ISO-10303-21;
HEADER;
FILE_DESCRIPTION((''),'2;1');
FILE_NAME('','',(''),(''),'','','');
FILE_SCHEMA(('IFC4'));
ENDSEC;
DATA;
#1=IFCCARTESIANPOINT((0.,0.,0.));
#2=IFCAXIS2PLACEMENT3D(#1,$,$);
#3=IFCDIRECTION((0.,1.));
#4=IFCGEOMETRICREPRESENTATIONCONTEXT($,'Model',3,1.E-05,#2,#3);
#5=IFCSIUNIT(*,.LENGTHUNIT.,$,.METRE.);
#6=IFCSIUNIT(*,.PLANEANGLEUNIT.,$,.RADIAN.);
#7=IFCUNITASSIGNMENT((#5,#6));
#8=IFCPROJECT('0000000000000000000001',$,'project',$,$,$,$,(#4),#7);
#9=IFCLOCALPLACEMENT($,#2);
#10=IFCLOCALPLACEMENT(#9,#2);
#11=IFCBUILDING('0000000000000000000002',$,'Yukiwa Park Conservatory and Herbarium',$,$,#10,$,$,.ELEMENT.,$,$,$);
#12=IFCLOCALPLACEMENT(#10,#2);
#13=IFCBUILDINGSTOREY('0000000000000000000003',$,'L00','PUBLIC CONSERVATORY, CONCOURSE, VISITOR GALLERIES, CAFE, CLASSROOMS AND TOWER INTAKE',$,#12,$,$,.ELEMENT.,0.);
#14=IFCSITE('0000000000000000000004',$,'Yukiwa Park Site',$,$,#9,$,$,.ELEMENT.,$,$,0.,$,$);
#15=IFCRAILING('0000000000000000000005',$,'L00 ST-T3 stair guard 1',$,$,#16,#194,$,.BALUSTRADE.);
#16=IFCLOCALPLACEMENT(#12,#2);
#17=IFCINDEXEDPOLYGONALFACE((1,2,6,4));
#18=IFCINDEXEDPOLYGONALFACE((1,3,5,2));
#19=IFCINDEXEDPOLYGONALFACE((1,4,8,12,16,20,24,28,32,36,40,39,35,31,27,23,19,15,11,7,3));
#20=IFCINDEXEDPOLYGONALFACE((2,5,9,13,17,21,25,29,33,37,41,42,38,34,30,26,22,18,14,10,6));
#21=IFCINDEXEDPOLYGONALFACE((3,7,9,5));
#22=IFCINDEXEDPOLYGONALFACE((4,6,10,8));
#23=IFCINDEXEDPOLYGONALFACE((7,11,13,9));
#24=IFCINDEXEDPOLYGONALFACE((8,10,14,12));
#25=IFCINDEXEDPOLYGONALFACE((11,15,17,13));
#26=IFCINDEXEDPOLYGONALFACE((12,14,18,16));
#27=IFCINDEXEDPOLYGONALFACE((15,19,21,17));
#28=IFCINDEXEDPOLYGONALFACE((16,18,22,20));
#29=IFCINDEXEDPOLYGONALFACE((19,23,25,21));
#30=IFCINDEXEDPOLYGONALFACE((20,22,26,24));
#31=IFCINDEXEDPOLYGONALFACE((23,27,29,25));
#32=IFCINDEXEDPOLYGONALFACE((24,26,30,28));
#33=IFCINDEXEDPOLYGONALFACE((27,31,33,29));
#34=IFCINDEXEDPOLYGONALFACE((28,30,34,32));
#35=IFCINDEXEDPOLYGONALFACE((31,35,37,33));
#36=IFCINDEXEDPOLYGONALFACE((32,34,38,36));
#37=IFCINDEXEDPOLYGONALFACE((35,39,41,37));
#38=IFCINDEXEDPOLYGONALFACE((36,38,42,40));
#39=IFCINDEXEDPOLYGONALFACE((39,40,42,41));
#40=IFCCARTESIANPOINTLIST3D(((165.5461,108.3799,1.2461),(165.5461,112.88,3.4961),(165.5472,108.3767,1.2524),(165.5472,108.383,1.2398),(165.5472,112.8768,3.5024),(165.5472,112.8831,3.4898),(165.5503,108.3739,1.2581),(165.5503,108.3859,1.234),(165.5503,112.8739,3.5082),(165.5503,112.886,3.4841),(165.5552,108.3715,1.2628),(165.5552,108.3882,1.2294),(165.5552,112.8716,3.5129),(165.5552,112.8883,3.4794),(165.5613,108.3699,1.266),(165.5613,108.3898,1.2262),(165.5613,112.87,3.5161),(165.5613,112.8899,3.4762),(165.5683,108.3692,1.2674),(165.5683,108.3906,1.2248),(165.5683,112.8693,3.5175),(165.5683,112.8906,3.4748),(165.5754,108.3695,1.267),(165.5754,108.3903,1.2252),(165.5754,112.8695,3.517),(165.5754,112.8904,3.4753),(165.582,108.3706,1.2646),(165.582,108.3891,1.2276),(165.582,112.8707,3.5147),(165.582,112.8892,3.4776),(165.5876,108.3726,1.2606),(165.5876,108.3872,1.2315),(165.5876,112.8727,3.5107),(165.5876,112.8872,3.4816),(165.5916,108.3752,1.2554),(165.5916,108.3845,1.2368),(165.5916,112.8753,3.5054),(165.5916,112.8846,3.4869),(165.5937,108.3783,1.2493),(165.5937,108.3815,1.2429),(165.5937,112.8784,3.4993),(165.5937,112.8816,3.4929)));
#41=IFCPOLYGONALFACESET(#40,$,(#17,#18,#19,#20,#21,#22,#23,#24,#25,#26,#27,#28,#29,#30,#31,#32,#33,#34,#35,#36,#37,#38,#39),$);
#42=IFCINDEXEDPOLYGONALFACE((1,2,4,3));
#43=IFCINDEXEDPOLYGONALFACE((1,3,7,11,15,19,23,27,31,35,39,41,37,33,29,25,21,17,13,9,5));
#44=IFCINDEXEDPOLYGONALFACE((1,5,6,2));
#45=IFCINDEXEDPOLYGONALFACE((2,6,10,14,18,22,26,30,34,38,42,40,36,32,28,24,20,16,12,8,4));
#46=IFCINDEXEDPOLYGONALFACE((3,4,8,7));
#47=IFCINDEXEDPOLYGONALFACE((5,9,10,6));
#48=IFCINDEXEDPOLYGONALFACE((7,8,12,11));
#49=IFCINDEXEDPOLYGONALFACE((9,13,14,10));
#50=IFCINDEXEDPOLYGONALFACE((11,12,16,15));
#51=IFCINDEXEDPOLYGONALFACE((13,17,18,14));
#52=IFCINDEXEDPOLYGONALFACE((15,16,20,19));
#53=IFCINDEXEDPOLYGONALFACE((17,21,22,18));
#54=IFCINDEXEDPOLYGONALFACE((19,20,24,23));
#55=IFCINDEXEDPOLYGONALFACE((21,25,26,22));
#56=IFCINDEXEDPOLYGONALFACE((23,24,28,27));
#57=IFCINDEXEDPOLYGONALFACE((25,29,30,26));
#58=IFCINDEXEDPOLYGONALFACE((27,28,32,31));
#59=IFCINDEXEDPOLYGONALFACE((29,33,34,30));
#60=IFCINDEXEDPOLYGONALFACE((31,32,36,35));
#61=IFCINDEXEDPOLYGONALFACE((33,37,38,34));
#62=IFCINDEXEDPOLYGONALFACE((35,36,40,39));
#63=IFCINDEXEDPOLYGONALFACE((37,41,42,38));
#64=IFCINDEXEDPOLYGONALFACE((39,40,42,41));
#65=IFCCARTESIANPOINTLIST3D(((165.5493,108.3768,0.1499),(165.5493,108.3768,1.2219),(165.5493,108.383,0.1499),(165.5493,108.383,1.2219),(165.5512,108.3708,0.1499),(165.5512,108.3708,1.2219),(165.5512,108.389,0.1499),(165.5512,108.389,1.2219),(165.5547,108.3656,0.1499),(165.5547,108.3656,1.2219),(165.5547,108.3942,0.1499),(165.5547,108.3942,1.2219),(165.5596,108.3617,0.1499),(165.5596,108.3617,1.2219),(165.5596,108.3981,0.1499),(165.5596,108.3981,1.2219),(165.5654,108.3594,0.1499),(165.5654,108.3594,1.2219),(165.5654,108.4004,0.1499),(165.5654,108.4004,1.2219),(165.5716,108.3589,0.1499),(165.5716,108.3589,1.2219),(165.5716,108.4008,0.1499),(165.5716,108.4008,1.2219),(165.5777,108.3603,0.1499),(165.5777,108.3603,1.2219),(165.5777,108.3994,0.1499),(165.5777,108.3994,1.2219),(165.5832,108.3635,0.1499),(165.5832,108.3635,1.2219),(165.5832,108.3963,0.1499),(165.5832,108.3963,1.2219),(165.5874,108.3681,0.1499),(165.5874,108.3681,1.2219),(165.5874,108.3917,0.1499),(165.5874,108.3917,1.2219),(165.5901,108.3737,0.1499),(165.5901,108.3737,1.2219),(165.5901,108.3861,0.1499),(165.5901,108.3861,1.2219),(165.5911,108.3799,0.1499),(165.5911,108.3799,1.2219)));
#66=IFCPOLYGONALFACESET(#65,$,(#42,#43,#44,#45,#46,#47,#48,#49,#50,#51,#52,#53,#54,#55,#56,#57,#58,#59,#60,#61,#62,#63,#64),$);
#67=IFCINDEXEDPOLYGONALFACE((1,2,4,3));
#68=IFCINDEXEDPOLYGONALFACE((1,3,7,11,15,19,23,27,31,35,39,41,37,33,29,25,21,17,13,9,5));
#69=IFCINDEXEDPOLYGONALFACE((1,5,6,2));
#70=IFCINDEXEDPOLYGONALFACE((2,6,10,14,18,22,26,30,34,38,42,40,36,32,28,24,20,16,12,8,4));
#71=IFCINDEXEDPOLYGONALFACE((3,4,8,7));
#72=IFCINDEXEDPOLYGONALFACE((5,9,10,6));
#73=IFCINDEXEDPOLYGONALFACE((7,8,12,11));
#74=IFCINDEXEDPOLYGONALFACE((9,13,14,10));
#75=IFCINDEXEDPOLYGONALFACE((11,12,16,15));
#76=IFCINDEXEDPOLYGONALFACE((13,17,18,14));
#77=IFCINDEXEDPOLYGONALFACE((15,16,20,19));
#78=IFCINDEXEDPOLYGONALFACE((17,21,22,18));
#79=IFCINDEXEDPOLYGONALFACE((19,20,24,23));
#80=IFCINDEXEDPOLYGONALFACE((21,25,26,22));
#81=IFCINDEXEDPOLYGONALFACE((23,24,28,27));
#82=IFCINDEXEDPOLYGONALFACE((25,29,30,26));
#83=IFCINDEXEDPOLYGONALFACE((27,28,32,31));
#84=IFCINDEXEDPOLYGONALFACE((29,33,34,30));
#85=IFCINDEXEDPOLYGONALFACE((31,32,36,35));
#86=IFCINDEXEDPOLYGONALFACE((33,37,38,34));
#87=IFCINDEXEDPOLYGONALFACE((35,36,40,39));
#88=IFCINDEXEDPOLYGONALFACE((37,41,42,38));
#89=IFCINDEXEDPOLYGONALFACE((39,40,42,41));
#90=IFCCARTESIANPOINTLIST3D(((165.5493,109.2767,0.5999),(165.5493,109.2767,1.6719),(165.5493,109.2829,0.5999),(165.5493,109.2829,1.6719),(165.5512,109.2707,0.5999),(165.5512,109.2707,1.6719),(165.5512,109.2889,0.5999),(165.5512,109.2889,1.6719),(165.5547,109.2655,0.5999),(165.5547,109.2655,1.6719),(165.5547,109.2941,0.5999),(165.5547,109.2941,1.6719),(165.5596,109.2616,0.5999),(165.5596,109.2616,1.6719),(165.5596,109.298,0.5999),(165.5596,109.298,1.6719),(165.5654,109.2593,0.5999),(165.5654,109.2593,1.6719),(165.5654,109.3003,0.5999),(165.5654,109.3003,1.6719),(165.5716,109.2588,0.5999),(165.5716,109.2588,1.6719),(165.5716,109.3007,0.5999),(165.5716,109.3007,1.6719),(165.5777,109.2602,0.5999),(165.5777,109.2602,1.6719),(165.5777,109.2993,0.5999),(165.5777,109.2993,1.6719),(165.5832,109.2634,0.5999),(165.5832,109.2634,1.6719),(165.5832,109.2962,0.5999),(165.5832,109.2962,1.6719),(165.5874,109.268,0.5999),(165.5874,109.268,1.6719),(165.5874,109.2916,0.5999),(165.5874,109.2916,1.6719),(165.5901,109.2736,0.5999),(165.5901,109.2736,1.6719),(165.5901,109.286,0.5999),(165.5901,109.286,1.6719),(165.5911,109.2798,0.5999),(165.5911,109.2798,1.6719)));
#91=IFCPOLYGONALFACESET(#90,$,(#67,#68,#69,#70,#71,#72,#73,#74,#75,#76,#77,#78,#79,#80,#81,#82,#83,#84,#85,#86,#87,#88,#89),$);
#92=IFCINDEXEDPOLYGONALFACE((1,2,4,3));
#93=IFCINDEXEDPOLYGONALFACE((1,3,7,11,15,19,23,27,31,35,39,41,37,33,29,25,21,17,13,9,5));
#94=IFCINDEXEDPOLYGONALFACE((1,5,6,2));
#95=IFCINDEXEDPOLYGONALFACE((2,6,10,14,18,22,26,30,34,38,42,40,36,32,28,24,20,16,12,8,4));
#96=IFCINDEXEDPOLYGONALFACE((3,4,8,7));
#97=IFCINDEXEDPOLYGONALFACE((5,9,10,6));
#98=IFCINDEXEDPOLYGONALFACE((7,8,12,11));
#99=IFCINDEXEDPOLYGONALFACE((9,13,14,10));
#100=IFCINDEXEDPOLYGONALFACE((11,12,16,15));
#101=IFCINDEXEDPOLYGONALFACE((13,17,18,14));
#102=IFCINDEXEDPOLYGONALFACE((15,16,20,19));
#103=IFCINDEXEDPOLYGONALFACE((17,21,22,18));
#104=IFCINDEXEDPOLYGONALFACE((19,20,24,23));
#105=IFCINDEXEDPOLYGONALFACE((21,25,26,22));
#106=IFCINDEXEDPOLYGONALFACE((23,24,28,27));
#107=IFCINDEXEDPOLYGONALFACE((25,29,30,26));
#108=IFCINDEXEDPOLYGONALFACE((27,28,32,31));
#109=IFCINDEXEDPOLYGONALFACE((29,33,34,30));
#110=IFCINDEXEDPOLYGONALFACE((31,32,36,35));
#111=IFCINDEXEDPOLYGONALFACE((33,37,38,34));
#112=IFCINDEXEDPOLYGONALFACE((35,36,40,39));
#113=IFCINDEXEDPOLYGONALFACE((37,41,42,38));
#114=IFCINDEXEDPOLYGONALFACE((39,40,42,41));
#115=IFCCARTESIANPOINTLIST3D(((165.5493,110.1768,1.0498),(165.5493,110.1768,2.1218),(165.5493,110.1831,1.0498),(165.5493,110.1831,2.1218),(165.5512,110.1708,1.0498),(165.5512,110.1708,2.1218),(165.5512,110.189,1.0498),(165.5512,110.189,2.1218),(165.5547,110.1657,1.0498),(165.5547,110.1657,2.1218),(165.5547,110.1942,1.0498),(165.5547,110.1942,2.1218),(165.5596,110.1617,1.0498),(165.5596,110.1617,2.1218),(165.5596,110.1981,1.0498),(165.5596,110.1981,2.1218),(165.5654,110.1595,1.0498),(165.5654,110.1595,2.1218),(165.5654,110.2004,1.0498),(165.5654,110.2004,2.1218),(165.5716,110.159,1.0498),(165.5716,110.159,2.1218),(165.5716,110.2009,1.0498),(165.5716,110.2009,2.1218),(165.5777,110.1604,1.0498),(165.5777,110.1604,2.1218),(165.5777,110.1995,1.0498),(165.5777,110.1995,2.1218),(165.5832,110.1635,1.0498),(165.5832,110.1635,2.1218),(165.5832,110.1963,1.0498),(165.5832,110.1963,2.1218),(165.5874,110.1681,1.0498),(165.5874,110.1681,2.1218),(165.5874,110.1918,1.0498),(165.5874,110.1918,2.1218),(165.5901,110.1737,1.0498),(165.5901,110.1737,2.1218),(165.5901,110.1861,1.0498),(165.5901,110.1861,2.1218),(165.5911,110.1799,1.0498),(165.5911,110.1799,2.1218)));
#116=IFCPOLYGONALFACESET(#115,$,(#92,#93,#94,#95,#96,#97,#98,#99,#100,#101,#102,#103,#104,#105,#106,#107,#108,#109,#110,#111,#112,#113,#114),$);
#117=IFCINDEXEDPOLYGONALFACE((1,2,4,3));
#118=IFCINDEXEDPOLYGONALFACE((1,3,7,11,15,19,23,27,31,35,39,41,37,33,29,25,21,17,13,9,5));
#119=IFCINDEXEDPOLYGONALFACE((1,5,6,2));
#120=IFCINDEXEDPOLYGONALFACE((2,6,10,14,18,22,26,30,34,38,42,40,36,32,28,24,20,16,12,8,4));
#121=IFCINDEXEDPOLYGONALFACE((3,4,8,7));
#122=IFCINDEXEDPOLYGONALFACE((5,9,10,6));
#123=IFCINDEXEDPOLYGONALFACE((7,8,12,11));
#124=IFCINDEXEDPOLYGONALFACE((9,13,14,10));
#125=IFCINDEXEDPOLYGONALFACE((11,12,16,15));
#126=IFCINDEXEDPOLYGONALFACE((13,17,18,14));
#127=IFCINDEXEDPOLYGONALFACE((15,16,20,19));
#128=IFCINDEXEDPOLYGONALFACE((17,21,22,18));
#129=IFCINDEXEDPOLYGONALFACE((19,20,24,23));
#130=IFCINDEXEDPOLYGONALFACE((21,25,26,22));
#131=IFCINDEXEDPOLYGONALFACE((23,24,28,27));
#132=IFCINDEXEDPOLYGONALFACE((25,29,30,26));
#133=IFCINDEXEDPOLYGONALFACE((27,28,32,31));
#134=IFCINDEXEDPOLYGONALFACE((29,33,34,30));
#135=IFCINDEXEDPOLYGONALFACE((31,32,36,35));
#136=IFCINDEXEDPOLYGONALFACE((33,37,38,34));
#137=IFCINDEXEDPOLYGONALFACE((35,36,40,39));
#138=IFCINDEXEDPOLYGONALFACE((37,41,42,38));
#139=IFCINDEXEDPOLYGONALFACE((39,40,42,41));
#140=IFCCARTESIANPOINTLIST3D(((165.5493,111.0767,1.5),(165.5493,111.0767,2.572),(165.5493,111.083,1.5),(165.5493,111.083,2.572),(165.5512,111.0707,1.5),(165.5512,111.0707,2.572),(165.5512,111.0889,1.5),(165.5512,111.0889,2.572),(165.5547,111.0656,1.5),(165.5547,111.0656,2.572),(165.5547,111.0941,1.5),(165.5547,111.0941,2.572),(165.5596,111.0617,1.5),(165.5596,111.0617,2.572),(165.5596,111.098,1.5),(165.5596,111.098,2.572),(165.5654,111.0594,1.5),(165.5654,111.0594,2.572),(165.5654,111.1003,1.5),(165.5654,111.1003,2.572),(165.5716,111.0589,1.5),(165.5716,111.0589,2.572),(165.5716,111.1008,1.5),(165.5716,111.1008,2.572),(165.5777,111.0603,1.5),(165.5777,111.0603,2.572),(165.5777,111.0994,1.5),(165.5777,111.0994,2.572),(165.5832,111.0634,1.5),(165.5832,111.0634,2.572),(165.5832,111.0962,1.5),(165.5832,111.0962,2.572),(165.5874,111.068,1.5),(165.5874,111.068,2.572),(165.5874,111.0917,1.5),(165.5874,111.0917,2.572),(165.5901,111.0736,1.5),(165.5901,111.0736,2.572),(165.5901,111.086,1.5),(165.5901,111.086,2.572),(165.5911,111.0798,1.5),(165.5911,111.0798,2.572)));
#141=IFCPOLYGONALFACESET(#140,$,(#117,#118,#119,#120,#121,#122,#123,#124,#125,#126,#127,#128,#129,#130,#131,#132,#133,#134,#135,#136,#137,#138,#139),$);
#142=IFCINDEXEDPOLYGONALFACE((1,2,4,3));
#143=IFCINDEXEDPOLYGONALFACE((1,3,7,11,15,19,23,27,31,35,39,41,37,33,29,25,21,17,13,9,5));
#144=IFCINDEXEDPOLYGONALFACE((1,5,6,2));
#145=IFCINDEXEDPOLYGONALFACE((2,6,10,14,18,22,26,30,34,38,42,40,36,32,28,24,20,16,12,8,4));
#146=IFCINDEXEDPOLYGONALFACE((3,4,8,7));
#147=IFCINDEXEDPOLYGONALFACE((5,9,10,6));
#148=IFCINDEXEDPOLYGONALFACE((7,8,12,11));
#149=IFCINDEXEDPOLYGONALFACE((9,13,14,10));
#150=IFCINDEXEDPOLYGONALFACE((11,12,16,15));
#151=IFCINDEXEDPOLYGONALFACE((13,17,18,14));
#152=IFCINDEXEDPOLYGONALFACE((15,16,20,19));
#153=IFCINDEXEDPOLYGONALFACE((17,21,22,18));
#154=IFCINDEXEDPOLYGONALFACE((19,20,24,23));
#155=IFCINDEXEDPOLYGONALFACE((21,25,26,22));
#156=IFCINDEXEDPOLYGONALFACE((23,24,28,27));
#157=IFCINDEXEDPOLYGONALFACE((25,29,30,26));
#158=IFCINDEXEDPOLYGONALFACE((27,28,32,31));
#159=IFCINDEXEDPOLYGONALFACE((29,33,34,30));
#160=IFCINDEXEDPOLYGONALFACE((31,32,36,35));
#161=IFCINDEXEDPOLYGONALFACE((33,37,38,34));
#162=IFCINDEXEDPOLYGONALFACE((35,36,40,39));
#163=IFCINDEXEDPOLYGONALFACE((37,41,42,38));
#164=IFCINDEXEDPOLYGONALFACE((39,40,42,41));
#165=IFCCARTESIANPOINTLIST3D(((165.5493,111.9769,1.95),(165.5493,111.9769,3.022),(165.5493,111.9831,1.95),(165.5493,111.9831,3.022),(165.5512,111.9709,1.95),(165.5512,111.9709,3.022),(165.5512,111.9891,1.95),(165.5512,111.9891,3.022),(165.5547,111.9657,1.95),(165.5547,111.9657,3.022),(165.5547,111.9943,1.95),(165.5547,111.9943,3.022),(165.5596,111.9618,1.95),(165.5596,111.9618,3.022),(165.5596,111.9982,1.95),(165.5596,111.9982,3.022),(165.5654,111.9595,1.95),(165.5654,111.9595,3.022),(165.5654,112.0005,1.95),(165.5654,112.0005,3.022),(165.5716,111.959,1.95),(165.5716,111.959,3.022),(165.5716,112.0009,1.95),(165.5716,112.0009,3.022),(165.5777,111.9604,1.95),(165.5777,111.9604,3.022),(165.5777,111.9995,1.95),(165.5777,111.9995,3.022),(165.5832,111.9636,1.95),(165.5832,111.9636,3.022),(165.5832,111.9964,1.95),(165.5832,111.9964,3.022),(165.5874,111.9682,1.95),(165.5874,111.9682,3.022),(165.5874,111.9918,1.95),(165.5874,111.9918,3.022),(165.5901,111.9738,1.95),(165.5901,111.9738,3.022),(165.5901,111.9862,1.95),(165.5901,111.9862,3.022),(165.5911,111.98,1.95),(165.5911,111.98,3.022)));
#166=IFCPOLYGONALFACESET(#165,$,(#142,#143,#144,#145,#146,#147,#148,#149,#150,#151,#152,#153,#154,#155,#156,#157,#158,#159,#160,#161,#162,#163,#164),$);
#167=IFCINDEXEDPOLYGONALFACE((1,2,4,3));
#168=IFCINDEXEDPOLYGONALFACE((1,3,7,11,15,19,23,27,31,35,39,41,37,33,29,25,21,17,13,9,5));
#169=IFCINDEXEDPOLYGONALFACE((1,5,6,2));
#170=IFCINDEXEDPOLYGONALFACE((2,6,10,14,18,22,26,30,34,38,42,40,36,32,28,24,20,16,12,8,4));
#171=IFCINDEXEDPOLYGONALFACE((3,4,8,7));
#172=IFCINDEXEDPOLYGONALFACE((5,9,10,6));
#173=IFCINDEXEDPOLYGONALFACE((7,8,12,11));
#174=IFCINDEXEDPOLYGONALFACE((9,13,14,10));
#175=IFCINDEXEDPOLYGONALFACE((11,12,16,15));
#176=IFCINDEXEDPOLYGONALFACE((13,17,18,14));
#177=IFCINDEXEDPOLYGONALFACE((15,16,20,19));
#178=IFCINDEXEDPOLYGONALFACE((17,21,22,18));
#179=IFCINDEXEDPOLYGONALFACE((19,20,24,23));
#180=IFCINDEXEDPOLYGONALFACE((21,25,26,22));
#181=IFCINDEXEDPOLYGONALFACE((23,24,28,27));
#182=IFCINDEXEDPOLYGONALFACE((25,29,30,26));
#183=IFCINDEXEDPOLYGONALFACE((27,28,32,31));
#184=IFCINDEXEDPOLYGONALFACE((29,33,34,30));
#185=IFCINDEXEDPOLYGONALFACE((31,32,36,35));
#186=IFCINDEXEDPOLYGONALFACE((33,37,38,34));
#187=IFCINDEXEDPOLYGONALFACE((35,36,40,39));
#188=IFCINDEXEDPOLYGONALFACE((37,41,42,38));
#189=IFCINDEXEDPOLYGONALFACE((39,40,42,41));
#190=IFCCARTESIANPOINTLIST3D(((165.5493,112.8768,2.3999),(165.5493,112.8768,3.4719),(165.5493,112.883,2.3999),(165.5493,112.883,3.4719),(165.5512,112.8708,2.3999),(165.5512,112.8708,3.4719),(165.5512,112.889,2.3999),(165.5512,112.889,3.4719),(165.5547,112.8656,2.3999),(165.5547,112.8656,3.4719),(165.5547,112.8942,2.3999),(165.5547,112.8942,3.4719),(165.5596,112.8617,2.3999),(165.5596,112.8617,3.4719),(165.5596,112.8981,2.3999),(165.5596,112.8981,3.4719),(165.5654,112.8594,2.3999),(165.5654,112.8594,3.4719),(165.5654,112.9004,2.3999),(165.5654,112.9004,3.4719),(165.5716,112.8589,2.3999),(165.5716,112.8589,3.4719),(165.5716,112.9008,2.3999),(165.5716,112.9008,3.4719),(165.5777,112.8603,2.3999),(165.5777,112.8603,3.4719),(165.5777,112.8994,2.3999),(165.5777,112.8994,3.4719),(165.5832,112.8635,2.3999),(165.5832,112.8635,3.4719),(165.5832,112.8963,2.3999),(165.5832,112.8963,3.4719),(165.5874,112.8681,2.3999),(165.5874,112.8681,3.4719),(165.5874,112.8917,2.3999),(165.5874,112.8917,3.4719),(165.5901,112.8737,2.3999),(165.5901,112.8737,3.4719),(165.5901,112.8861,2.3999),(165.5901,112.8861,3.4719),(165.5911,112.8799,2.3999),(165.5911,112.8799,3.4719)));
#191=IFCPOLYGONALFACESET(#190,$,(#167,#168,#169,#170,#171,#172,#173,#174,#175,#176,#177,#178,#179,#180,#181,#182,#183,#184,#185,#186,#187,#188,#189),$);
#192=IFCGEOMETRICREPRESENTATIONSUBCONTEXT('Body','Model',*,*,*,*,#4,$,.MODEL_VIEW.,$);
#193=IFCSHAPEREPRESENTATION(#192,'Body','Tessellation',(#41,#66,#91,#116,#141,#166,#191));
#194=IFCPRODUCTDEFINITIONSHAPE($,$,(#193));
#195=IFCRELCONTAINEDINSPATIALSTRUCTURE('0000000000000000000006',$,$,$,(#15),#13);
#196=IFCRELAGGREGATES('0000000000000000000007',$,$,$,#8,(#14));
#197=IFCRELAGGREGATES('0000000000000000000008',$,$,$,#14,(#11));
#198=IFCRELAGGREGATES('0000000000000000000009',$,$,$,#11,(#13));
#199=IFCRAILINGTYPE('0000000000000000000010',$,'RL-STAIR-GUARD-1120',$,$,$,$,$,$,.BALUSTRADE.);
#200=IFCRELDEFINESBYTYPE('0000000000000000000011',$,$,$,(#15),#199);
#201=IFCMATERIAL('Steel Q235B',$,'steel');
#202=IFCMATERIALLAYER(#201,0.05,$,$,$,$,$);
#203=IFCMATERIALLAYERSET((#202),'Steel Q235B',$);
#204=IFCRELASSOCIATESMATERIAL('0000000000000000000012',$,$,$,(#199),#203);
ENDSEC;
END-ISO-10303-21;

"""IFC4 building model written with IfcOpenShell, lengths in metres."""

from ifc_helpers import new_model, si_unit, direction, frame, origin, origin_2d, place, context, subcontext, project, spatial, circle, extrude, material, layer, layer_set, type_object, element, save


model = new_model("IFC4")

# Units and contexts
model_context = context("Model", 3, precision=1e-05, world=origin(), true_north=direction((0.0, 1.0)))
body_context = subcontext(model_context, "Body", "Model", "MODEL_VIEW")
ifc_project = project(units=[si_unit("LENGTHUNIT", "METRE"), si_unit("PLANEANGLEUNIT", "RADIAN")], contexts=[model_context])

# Site, building, storey
site_placement = place(None, origin())
site = spatial("IfcSite", under=ifc_project, at=site_placement, Name="Yukiwa Park Site", CompositionType="ELEMENT", RefElevation=0.0)
building_placement = place(site_placement, origin())
building = spatial("IfcBuilding", under=site, at=building_placement, Name="Yukiwa Park Conservatory and Herbarium", CompositionType="ELEMENT")
storey_placement = place(building_placement, origin())
storey = spatial("IfcBuildingStorey", under=building, at=storey_placement, Name="L00", Description="PUBLIC CONSERVATORY, CONCOURSE, VISITOR GALLERIES, CAFE, CLASSROOMS AND TOWER INTAKE", CompositionType="ELEMENT", Elevation=0.0)

# Railing
ifc_material_1 = material(Name="Steel Q235B", Category="steel")
ifc_layer_1 = layer(ifc_material_1, 0.05)
ifc_layer_set_1 = layer_set([ifc_layer_1], Name="Steel Q235B")
railing_type_1 = type_object("IfcRailingType", Name="RL-STAIR-GUARD-1120", PredefinedType="BALUSTRADE", material=ifc_layer_set_1)
railing_1_placement = place(storey_placement, frame((165.5701, 108.3799, 0.1499)))
element("IfcRailing", 1, at=railing_1_placement, inside=storey, type_object=railing_type_1, Name="L00 ST-T3 stair guard 1", PredefinedType="BALUSTRADE", context=body_context, shape_type="SweptSolid", body=[
    extrude(circle(Radius=0.0239, at=origin_2d()), frame((0.0, 0.0, 1.0962), z_axis=(0.0, 0.894427, 0.447214), x_axis=(-1.0, 0.0, 0.0)), (0.0, 0.0, 1.0), 5.0312),
    extrude(circle(Radius=0.021, at=origin_2d()), origin(), (0.0, 0.0, 1.0), 1.072),
    extrude(circle(Radius=0.021, at=origin_2d()), frame((0.0, 0.8999, 0.45)), (0.0, 0.0, 1.0), 1.072),
    extrude(circle(Radius=0.021, at=origin_2d()), frame((0.0, 1.8, 0.8999)), (0.0, 0.0, 1.0), 1.072),
    extrude(circle(Radius=0.021, at=origin_2d()), frame((0.0, 2.7, 1.3501)), (0.0, 0.0, 1.0), 1.072),
    extrude(circle(Radius=0.021, at=origin_2d()), frame((0.0, 3.6001, 1.8)), (0.0, 0.0, 1.0), 1.072),
    extrude(circle(Radius=0.021, at=origin_2d()), frame((0.0, 4.5, 2.25)), (0.0, 0.0, 1.0), 1.072),
])

save(model, "model.ifc")
